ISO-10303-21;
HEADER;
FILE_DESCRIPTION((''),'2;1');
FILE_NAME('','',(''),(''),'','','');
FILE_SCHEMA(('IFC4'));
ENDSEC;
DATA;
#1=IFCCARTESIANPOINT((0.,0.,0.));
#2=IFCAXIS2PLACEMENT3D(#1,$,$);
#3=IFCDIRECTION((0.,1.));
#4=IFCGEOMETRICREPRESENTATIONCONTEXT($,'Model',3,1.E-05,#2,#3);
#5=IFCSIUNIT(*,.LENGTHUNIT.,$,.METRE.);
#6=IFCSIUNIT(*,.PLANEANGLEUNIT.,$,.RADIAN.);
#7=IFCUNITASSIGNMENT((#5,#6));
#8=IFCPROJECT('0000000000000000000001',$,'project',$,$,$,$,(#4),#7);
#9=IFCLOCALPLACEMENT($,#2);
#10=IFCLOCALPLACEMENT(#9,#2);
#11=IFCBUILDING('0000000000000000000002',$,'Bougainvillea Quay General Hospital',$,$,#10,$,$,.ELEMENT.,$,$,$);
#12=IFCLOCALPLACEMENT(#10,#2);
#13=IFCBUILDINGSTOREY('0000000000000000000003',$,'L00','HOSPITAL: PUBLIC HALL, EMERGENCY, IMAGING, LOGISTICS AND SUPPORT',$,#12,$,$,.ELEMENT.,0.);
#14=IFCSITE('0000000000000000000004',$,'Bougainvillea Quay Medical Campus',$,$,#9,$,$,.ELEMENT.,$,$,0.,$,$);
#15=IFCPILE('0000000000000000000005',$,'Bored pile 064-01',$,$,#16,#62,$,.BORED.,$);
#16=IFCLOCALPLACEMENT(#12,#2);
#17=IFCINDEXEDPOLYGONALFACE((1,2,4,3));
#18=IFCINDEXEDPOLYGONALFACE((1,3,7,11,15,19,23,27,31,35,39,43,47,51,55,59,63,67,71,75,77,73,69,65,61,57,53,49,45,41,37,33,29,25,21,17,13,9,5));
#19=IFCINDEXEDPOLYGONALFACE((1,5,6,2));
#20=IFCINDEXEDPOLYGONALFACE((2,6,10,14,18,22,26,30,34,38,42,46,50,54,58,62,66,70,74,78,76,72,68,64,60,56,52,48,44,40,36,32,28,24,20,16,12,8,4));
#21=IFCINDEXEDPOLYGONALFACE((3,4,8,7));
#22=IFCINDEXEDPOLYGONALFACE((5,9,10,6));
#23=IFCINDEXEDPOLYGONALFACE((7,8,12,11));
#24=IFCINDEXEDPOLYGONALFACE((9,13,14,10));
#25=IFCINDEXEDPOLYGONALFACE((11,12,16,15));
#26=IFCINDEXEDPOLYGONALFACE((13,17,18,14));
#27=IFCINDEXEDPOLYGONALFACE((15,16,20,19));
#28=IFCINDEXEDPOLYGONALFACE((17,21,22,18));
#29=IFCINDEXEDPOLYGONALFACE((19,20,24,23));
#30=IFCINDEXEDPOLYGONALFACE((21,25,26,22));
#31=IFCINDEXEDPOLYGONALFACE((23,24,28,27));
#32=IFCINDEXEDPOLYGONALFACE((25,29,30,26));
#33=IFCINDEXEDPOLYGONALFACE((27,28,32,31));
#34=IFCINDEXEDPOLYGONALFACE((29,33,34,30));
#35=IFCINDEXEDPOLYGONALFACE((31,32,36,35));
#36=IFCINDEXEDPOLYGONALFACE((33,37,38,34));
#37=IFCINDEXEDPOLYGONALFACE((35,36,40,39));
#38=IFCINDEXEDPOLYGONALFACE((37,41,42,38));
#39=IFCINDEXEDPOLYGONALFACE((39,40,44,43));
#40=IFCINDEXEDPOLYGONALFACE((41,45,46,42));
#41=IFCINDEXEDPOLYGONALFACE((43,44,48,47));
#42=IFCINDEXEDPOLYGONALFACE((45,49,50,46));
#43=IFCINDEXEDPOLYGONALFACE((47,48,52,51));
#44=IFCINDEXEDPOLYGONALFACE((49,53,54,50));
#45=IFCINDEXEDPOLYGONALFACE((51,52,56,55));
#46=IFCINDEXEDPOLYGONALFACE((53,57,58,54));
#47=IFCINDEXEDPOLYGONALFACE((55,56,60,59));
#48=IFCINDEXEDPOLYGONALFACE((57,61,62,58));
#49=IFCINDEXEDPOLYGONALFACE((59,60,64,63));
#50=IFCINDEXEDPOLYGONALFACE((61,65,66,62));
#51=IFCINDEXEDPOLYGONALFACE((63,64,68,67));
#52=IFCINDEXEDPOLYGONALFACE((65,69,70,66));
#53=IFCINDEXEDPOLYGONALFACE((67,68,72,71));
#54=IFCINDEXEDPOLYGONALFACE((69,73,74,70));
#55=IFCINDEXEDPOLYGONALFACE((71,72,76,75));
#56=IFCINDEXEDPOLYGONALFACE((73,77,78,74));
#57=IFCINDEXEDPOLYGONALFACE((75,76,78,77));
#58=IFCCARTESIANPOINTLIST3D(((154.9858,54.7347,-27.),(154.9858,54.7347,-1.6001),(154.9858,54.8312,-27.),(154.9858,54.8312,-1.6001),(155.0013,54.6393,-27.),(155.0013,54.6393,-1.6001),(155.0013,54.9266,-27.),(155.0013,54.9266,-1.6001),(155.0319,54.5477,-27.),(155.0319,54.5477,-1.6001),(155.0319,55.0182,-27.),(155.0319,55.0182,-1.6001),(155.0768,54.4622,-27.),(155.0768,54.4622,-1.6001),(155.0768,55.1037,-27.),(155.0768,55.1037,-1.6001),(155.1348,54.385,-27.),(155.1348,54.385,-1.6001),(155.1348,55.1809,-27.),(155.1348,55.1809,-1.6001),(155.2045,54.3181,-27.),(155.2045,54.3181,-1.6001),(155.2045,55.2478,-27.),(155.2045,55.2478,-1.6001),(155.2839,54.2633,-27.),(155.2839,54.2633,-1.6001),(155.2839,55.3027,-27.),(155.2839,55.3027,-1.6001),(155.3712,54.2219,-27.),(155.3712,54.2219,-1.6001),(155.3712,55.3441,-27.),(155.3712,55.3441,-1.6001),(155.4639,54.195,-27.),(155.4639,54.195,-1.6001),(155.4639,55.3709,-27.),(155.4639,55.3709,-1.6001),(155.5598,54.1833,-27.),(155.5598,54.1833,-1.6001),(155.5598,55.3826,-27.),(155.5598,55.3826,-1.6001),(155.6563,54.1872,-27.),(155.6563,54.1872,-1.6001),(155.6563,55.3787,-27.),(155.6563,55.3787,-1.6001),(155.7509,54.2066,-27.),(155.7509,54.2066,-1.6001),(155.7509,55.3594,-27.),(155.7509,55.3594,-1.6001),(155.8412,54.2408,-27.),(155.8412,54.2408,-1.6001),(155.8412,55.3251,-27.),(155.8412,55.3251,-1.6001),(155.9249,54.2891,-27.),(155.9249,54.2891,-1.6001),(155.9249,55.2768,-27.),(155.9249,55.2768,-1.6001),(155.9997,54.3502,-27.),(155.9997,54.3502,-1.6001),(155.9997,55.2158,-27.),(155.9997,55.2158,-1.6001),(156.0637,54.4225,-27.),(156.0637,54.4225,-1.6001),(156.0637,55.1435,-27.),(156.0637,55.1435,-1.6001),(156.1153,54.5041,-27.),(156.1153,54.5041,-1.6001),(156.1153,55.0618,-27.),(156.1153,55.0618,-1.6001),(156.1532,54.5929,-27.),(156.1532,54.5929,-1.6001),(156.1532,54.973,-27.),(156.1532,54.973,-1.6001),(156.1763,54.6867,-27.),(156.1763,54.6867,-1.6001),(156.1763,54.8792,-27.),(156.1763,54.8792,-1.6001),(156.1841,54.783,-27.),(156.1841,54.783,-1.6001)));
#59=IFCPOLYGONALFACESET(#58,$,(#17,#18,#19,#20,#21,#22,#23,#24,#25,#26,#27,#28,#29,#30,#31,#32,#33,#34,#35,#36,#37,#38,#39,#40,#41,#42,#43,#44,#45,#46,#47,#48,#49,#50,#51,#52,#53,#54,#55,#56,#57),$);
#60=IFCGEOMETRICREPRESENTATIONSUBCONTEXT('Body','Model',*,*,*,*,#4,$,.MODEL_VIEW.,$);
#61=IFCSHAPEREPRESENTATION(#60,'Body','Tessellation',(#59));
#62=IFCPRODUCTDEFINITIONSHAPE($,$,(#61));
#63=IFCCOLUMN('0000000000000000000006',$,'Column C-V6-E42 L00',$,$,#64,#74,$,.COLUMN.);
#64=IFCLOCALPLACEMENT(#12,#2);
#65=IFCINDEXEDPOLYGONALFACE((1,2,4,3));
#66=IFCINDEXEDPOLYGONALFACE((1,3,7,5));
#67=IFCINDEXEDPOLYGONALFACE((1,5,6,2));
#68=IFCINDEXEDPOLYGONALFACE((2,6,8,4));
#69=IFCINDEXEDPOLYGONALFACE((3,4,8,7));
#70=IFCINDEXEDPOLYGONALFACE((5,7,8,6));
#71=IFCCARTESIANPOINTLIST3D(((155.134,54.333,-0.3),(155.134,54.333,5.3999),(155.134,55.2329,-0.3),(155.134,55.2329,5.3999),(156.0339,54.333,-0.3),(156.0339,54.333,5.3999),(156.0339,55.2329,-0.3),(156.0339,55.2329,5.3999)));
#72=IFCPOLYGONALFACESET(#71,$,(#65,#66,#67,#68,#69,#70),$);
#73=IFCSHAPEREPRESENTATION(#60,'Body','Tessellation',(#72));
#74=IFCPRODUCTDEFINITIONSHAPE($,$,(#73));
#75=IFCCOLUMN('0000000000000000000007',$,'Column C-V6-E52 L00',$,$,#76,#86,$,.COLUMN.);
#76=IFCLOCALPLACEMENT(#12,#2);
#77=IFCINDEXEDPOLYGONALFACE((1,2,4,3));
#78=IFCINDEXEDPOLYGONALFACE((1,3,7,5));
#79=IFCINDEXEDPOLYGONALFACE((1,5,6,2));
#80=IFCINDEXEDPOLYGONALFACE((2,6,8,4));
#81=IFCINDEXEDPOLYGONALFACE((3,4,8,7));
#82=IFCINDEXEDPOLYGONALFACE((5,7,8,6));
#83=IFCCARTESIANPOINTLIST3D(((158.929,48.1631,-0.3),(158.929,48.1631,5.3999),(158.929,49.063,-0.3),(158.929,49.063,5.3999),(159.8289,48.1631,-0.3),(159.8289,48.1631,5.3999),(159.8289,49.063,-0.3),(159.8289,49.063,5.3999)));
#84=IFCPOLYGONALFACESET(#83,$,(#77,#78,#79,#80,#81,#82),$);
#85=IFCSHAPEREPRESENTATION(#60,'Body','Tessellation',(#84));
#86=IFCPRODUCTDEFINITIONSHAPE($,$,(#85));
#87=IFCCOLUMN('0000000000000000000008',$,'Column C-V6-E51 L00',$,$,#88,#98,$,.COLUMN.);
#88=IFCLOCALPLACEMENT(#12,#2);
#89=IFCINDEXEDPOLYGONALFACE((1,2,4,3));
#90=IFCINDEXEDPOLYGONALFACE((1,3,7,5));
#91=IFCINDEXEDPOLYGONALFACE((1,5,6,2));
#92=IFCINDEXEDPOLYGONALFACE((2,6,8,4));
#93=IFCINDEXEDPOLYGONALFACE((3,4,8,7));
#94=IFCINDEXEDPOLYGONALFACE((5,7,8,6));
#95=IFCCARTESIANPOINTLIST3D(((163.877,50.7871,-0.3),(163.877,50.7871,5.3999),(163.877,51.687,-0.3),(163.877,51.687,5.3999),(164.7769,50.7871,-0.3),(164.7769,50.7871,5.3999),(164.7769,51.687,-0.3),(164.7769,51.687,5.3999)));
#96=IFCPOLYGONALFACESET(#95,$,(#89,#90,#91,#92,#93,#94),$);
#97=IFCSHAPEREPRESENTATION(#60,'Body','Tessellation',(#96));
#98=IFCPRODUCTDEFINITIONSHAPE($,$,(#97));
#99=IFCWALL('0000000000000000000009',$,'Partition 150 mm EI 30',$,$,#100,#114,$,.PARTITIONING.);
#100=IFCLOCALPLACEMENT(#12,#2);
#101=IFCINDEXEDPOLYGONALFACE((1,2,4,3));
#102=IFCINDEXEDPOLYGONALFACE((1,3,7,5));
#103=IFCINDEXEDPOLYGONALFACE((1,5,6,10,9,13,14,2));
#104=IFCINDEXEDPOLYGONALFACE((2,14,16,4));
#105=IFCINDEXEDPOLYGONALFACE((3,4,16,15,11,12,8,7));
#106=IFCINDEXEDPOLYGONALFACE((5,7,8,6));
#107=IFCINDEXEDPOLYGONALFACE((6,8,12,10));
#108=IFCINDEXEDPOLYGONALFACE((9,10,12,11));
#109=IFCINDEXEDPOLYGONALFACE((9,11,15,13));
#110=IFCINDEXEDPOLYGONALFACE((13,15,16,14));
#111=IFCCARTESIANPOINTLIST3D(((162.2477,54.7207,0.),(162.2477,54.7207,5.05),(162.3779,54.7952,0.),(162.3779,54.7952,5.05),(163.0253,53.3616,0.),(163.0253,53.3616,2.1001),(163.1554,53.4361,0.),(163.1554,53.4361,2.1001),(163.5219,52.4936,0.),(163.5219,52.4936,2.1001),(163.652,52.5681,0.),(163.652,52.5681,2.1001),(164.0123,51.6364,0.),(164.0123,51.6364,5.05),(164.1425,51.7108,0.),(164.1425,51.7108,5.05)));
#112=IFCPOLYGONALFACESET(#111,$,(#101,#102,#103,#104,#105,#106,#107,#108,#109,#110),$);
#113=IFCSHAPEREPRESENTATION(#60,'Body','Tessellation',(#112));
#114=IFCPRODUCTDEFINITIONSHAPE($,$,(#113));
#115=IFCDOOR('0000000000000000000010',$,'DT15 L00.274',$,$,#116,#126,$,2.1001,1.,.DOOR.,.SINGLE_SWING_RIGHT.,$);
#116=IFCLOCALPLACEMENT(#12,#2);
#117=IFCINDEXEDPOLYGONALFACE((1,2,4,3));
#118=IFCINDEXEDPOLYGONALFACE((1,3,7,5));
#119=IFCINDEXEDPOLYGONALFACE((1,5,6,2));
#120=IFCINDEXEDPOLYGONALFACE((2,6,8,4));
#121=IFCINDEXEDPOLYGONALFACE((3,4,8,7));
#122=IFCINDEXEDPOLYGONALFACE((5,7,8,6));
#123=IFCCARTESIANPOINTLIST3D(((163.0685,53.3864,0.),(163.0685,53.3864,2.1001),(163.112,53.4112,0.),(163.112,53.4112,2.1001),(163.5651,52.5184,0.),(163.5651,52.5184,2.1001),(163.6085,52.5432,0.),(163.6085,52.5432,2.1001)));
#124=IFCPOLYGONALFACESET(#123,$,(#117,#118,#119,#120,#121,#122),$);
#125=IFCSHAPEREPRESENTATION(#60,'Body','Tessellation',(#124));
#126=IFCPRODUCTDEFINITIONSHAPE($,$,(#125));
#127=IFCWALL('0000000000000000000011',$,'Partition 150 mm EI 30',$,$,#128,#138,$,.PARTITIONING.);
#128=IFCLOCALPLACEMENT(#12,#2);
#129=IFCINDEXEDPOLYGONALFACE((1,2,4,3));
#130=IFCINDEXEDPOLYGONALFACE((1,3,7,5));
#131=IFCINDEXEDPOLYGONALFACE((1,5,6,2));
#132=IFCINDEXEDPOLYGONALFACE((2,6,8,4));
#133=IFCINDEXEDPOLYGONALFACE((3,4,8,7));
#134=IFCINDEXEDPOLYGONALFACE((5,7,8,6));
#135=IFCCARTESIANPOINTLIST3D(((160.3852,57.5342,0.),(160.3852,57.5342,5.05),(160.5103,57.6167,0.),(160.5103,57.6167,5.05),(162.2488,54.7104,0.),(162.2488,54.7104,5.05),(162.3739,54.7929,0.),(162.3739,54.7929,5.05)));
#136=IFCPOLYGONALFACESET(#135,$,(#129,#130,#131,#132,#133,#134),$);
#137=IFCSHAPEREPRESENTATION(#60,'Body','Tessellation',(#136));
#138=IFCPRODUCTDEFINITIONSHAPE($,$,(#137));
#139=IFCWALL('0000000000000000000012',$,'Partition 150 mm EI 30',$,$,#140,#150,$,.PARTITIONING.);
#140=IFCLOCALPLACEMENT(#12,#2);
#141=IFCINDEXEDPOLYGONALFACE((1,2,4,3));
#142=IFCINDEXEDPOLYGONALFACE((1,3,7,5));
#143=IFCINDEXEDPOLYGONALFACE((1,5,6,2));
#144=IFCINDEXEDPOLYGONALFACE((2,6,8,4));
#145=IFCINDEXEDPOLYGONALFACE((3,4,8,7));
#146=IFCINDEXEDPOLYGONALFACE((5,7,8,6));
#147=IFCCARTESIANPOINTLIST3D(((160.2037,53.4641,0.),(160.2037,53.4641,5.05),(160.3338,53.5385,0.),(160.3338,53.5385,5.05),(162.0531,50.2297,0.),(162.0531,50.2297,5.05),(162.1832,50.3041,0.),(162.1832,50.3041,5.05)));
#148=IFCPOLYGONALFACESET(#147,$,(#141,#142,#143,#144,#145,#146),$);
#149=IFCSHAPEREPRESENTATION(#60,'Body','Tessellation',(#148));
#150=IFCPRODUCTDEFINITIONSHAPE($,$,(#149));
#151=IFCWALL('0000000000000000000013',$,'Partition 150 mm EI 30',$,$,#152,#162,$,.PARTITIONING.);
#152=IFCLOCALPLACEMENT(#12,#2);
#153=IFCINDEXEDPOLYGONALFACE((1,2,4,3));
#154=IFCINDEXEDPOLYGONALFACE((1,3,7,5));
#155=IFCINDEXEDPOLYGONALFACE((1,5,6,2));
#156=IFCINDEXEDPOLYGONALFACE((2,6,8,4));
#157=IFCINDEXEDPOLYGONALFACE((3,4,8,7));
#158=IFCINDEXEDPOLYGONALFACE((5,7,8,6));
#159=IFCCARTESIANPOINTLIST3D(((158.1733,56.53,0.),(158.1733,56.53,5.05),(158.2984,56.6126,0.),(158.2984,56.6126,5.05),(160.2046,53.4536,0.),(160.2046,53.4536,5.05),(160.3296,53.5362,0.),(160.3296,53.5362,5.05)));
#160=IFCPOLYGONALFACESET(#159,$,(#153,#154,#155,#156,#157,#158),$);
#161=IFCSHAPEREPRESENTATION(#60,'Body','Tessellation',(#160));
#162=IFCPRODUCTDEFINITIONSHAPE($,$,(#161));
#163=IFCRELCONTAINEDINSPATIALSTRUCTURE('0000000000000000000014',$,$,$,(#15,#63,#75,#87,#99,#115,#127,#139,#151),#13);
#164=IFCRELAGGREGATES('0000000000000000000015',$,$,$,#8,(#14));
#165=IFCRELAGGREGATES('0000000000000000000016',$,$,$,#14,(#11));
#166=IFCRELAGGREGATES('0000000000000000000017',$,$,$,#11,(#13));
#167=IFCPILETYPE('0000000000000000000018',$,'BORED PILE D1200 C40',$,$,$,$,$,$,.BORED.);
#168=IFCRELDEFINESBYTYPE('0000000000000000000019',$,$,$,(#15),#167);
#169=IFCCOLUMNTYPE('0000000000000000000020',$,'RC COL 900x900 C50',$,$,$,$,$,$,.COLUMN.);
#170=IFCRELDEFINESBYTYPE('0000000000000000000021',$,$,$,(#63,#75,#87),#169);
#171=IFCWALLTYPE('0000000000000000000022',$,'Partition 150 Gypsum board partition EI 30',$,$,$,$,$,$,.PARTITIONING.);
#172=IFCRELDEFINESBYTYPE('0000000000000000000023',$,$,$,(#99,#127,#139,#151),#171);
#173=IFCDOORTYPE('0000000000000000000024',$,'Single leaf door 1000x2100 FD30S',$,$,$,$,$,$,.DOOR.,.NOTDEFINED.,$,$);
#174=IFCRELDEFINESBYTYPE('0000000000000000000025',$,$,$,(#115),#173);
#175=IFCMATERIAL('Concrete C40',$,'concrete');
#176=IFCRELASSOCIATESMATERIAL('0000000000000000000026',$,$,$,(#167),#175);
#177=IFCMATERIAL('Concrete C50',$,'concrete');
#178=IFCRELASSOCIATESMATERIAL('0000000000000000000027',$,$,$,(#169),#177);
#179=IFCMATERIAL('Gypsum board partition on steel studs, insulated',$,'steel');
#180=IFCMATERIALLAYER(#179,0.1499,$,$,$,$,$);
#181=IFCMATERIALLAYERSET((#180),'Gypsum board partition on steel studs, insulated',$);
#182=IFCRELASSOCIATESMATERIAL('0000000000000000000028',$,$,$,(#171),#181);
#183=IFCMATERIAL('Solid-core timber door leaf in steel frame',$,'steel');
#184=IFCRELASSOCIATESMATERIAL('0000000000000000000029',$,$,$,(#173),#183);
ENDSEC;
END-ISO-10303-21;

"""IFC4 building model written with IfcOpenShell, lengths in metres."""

from ifc_helpers import new_model, si_unit, direction, frame, frame_2d, origin, origin_2d, place, context, subcontext, project, spatial, rectangle, circle, extrude, material, layer, layer_set, material_profile, profile_set, type_object, element, fill, save


model = new_model("IFC4")

# Units and contexts
model_context = context("Model", 3, precision=1e-05, world=origin(), true_north=direction((0.0, 1.0)))
body_context = subcontext(model_context, "Body", "Model", "MODEL_VIEW")
ifc_project = project(units=[si_unit("LENGTHUNIT", "METRE"), si_unit("PLANEANGLEUNIT", "RADIAN")], contexts=[model_context])

# Site, building, storey
site_placement = place(None, origin())
site = spatial("IfcSite", under=ifc_project, at=site_placement, Name="Bougainvillea Quay Medical Campus", CompositionType="ELEMENT", RefElevation=0.0)
building_placement = place(site_placement, origin())
building = spatial("IfcBuilding", under=site, at=building_placement, Name="Bougainvillea Quay General Hospital", CompositionType="ELEMENT")
storey_placement = place(building_placement, origin())
storey = spatial("IfcBuildingStorey", under=building, at=storey_placement, Name="L00", Description="HOSPITAL: PUBLIC HALL, EMERGENCY, IMAGING, LOGISTICS AND SUPPORT", CompositionType="ELEMENT", Elevation=0.0)

# Pile
ifc_material_1 = material(Name="Concrete C40", Category="concrete")
ifc_material_profile_1 = material_profile(ifc_material_1, circle(Radius=0.6001, at=origin_2d()))
ifc_profile_set_1 = profile_set([ifc_material_profile_1], Name="Concrete C40")
pile_type = type_object("IfcPileType", Name="BORED PILE D1200 C40", PredefinedType="BORED", material=ifc_profile_set_1)
pile_placement = place(storey_placement, frame((155.584, 54.783, -1.6001), z_axis=(0.0, 0.0, -1.0), x_axis=(1.0, 0.0, 0.0)))
element("IfcPile", 1, at=pile_placement, inside=storey, type_object=pile_type, Name="Bored pile 064-01", PredefinedType="BORED", context=body_context, shape_type="SweptSolid", body=[
    extrude(circle(Radius=0.6001, at=origin_2d()), origin(), (0.0, 0.0, 1.0), 25.3999),
])

# Columns
ifc_material_2 = material(Name="Concrete C50", Category="concrete")
ifc_material_profile_2 = material_profile(ifc_material_2, rectangle(XDim=0.8999, YDim=0.8999, at=origin_2d()))
ifc_profile_set_2 = profile_set([ifc_material_profile_2], Name="Concrete C50")
column_type = type_object("IfcColumnType", Name="RC COL 900x900 C50", PredefinedType="COLUMN", material=ifc_profile_set_2)
for number, where, z_axis, x_axis, name in (
    (2, (155.584, 54.783, -0.3), (0.0, 0.0, 1.0), (1.0, 0.0, 0.0), "Column C-V6-E42 L00"),
    (3, (159.3789, 48.613, -0.3), (0.0, 0.0, 1.0), (1.0, 0.0, 0.0), "Column C-V6-E52 L00"),
    (4, (164.3269, 51.2371, -0.3), (0.0, 0.0, 1.0), (1.0, 0.0, 0.0), "Column C-V6-E51 L00"),
):
    element("IfcColumn", number, at=place(storey_placement, frame(where, z_axis=z_axis, x_axis=x_axis)), inside=storey, type_object=column_type, Name=name, PredefinedType="COLUMN", context=body_context, shape_type="SweptSolid", body=[
        extrude(rectangle(XDim=0.8999, YDim=0.8999, at=origin_2d()), origin(), (0.0, 0.0, 1.0), 5.7),
    ])

# Wall, opening, door
ifc_material_3 = material(Name="Gypsum board partition on steel studs, insulated", Category="steel")
ifc_layer_1 = layer(ifc_material_3, 0.1499)
ifc_layer_set_1 = layer_set([ifc_layer_1], Name="Gypsum board partition on steel studs, insulated")
wall_type_1 = type_object("IfcWallType", Name="Partition 150 Gypsum board partition EI 30", PredefinedType="PARTITIONING", material=ifc_layer_set_1)
wall_1_placement = place(storey_placement, frame((162.3127, 54.7581, 0.0), z_axis=(0.0, 0.0, 1.0), x_axis=(0.496583, -0.867989, 0.0)))
wall_1 = element("IfcWall", 5, at=wall_1_placement, inside=storey, type_object=wall_type_1, Name="Partition 150 mm EI 30", PredefinedType="PARTITIONING", context=body_context, shape_type="SweptSolid", body=[
    extrude(rectangle(XDim=3.5535, YDim=0.1499, at=frame_2d((1.7769, 0.0))), origin(), (0.0, 0.0, 1.0), 5.05),
])
opening_1_placement = place(wall_1_placement, frame((1.5659, 0.0, 0.0)))
opening_1 = element("IfcOpeningElement", 6, at=opening_1_placement, cuts=wall_1, PredefinedType="OPENING", context=body_context, shape_type="SweptSolid", body=[
    extrude(rectangle(XDim=1.0, YDim=2.1001, at=frame_2d((0.5, 1.05))), frame((0.0, 0.085, 0.0), z_axis=(0.0, -1.0, 0.0), x_axis=(1.0, 0.0, 0.0)), (0.0, 0.0, 1.0), 0.1699),
])
ifc_material_4 = material(Name="Solid-core timber door leaf in steel frame", Category="steel")
door_type_1 = type_object("IfcDoorType", Name="Single leaf door 1000x2100 FD30S", OperationType="NOTDEFINED", PredefinedType="DOOR", material=ifc_material_4)
door_1_placement = place(opening_1_placement, origin())
door_1 = element("IfcDoor", 7, at=door_1_placement, inside=storey, type_object=door_type_1, Name="DT15 L00.274", OperationType="SINGLE_SWING_RIGHT", OverallHeight=2.1001, OverallWidth=1.0, PredefinedType="DOOR", context=body_context, shape_type="SweptSolid", body=[
    extrude(rectangle(XDim=1.0, YDim=2.1001, at=frame_2d((0.5, 1.05))), frame((0.0, 0.0249, 0.0), z_axis=(0.0, -1.0, 0.0), x_axis=(1.0, 0.0, 0.0)), (0.0, 0.0, 1.0), 0.05),
])
fill(opening_1, door_1)

# Walls
wall_2_placement = place(storey_placement, frame((160.4478, 57.5754, 0.0), z_axis=(0.0, 0.0, 1.0), x_axis=(0.550814, -0.834628, 0.0)))
element("IfcWall", 8, at=wall_2_placement, inside=storey, type_object=wall_type_1, Name="Partition 150 mm EI 30", PredefinedType="PARTITIONING", context=body_context, shape_type="SweptSolid", body=[
    extrude(rectangle(XDim=3.3833, YDim=0.1499, at=frame_2d((1.6917, 0.0))), origin(), (0.0, 0.0, 1.0), 5.05),
])
wall_3_placement = place(storey_placement, frame((160.2688, 53.5012, 0.0), z_axis=(0.0, 0.0, 1.0), x_axis=(0.496372, -0.86811, 0.0)))
element("IfcWall", 9, at=wall_3_placement, inside=storey, type_object=wall_type_1, Name="Partition 150 mm EI 30", PredefinedType="PARTITIONING", context=body_context, shape_type="SweptSolid", body=[
    extrude(rectangle(XDim=3.7258, YDim=0.1499, at=frame_2d((1.8628, 0.0))), origin(), (0.0, 0.0, 1.0), 5.05),
])
wall_4_placement = place(storey_placement, frame((158.2358, 56.5713, 0.0), z_axis=(0.0, 0.0, 1.0), x_axis=(0.550996, -0.834508, 0.0)))
element("IfcWall", 10, at=wall_4_placement, inside=storey, type_object=wall_type_1, Name="Partition 150 mm EI 30", PredefinedType="PARTITIONING", context=body_context, shape_type="SweptSolid", body=[
    extrude(rectangle(XDim=3.6865, YDim=0.1499, at=frame_2d((1.8433, 0.0))), origin(), (0.0, 0.0, 1.0), 5.05),
])

save(model, "model.ifc")
